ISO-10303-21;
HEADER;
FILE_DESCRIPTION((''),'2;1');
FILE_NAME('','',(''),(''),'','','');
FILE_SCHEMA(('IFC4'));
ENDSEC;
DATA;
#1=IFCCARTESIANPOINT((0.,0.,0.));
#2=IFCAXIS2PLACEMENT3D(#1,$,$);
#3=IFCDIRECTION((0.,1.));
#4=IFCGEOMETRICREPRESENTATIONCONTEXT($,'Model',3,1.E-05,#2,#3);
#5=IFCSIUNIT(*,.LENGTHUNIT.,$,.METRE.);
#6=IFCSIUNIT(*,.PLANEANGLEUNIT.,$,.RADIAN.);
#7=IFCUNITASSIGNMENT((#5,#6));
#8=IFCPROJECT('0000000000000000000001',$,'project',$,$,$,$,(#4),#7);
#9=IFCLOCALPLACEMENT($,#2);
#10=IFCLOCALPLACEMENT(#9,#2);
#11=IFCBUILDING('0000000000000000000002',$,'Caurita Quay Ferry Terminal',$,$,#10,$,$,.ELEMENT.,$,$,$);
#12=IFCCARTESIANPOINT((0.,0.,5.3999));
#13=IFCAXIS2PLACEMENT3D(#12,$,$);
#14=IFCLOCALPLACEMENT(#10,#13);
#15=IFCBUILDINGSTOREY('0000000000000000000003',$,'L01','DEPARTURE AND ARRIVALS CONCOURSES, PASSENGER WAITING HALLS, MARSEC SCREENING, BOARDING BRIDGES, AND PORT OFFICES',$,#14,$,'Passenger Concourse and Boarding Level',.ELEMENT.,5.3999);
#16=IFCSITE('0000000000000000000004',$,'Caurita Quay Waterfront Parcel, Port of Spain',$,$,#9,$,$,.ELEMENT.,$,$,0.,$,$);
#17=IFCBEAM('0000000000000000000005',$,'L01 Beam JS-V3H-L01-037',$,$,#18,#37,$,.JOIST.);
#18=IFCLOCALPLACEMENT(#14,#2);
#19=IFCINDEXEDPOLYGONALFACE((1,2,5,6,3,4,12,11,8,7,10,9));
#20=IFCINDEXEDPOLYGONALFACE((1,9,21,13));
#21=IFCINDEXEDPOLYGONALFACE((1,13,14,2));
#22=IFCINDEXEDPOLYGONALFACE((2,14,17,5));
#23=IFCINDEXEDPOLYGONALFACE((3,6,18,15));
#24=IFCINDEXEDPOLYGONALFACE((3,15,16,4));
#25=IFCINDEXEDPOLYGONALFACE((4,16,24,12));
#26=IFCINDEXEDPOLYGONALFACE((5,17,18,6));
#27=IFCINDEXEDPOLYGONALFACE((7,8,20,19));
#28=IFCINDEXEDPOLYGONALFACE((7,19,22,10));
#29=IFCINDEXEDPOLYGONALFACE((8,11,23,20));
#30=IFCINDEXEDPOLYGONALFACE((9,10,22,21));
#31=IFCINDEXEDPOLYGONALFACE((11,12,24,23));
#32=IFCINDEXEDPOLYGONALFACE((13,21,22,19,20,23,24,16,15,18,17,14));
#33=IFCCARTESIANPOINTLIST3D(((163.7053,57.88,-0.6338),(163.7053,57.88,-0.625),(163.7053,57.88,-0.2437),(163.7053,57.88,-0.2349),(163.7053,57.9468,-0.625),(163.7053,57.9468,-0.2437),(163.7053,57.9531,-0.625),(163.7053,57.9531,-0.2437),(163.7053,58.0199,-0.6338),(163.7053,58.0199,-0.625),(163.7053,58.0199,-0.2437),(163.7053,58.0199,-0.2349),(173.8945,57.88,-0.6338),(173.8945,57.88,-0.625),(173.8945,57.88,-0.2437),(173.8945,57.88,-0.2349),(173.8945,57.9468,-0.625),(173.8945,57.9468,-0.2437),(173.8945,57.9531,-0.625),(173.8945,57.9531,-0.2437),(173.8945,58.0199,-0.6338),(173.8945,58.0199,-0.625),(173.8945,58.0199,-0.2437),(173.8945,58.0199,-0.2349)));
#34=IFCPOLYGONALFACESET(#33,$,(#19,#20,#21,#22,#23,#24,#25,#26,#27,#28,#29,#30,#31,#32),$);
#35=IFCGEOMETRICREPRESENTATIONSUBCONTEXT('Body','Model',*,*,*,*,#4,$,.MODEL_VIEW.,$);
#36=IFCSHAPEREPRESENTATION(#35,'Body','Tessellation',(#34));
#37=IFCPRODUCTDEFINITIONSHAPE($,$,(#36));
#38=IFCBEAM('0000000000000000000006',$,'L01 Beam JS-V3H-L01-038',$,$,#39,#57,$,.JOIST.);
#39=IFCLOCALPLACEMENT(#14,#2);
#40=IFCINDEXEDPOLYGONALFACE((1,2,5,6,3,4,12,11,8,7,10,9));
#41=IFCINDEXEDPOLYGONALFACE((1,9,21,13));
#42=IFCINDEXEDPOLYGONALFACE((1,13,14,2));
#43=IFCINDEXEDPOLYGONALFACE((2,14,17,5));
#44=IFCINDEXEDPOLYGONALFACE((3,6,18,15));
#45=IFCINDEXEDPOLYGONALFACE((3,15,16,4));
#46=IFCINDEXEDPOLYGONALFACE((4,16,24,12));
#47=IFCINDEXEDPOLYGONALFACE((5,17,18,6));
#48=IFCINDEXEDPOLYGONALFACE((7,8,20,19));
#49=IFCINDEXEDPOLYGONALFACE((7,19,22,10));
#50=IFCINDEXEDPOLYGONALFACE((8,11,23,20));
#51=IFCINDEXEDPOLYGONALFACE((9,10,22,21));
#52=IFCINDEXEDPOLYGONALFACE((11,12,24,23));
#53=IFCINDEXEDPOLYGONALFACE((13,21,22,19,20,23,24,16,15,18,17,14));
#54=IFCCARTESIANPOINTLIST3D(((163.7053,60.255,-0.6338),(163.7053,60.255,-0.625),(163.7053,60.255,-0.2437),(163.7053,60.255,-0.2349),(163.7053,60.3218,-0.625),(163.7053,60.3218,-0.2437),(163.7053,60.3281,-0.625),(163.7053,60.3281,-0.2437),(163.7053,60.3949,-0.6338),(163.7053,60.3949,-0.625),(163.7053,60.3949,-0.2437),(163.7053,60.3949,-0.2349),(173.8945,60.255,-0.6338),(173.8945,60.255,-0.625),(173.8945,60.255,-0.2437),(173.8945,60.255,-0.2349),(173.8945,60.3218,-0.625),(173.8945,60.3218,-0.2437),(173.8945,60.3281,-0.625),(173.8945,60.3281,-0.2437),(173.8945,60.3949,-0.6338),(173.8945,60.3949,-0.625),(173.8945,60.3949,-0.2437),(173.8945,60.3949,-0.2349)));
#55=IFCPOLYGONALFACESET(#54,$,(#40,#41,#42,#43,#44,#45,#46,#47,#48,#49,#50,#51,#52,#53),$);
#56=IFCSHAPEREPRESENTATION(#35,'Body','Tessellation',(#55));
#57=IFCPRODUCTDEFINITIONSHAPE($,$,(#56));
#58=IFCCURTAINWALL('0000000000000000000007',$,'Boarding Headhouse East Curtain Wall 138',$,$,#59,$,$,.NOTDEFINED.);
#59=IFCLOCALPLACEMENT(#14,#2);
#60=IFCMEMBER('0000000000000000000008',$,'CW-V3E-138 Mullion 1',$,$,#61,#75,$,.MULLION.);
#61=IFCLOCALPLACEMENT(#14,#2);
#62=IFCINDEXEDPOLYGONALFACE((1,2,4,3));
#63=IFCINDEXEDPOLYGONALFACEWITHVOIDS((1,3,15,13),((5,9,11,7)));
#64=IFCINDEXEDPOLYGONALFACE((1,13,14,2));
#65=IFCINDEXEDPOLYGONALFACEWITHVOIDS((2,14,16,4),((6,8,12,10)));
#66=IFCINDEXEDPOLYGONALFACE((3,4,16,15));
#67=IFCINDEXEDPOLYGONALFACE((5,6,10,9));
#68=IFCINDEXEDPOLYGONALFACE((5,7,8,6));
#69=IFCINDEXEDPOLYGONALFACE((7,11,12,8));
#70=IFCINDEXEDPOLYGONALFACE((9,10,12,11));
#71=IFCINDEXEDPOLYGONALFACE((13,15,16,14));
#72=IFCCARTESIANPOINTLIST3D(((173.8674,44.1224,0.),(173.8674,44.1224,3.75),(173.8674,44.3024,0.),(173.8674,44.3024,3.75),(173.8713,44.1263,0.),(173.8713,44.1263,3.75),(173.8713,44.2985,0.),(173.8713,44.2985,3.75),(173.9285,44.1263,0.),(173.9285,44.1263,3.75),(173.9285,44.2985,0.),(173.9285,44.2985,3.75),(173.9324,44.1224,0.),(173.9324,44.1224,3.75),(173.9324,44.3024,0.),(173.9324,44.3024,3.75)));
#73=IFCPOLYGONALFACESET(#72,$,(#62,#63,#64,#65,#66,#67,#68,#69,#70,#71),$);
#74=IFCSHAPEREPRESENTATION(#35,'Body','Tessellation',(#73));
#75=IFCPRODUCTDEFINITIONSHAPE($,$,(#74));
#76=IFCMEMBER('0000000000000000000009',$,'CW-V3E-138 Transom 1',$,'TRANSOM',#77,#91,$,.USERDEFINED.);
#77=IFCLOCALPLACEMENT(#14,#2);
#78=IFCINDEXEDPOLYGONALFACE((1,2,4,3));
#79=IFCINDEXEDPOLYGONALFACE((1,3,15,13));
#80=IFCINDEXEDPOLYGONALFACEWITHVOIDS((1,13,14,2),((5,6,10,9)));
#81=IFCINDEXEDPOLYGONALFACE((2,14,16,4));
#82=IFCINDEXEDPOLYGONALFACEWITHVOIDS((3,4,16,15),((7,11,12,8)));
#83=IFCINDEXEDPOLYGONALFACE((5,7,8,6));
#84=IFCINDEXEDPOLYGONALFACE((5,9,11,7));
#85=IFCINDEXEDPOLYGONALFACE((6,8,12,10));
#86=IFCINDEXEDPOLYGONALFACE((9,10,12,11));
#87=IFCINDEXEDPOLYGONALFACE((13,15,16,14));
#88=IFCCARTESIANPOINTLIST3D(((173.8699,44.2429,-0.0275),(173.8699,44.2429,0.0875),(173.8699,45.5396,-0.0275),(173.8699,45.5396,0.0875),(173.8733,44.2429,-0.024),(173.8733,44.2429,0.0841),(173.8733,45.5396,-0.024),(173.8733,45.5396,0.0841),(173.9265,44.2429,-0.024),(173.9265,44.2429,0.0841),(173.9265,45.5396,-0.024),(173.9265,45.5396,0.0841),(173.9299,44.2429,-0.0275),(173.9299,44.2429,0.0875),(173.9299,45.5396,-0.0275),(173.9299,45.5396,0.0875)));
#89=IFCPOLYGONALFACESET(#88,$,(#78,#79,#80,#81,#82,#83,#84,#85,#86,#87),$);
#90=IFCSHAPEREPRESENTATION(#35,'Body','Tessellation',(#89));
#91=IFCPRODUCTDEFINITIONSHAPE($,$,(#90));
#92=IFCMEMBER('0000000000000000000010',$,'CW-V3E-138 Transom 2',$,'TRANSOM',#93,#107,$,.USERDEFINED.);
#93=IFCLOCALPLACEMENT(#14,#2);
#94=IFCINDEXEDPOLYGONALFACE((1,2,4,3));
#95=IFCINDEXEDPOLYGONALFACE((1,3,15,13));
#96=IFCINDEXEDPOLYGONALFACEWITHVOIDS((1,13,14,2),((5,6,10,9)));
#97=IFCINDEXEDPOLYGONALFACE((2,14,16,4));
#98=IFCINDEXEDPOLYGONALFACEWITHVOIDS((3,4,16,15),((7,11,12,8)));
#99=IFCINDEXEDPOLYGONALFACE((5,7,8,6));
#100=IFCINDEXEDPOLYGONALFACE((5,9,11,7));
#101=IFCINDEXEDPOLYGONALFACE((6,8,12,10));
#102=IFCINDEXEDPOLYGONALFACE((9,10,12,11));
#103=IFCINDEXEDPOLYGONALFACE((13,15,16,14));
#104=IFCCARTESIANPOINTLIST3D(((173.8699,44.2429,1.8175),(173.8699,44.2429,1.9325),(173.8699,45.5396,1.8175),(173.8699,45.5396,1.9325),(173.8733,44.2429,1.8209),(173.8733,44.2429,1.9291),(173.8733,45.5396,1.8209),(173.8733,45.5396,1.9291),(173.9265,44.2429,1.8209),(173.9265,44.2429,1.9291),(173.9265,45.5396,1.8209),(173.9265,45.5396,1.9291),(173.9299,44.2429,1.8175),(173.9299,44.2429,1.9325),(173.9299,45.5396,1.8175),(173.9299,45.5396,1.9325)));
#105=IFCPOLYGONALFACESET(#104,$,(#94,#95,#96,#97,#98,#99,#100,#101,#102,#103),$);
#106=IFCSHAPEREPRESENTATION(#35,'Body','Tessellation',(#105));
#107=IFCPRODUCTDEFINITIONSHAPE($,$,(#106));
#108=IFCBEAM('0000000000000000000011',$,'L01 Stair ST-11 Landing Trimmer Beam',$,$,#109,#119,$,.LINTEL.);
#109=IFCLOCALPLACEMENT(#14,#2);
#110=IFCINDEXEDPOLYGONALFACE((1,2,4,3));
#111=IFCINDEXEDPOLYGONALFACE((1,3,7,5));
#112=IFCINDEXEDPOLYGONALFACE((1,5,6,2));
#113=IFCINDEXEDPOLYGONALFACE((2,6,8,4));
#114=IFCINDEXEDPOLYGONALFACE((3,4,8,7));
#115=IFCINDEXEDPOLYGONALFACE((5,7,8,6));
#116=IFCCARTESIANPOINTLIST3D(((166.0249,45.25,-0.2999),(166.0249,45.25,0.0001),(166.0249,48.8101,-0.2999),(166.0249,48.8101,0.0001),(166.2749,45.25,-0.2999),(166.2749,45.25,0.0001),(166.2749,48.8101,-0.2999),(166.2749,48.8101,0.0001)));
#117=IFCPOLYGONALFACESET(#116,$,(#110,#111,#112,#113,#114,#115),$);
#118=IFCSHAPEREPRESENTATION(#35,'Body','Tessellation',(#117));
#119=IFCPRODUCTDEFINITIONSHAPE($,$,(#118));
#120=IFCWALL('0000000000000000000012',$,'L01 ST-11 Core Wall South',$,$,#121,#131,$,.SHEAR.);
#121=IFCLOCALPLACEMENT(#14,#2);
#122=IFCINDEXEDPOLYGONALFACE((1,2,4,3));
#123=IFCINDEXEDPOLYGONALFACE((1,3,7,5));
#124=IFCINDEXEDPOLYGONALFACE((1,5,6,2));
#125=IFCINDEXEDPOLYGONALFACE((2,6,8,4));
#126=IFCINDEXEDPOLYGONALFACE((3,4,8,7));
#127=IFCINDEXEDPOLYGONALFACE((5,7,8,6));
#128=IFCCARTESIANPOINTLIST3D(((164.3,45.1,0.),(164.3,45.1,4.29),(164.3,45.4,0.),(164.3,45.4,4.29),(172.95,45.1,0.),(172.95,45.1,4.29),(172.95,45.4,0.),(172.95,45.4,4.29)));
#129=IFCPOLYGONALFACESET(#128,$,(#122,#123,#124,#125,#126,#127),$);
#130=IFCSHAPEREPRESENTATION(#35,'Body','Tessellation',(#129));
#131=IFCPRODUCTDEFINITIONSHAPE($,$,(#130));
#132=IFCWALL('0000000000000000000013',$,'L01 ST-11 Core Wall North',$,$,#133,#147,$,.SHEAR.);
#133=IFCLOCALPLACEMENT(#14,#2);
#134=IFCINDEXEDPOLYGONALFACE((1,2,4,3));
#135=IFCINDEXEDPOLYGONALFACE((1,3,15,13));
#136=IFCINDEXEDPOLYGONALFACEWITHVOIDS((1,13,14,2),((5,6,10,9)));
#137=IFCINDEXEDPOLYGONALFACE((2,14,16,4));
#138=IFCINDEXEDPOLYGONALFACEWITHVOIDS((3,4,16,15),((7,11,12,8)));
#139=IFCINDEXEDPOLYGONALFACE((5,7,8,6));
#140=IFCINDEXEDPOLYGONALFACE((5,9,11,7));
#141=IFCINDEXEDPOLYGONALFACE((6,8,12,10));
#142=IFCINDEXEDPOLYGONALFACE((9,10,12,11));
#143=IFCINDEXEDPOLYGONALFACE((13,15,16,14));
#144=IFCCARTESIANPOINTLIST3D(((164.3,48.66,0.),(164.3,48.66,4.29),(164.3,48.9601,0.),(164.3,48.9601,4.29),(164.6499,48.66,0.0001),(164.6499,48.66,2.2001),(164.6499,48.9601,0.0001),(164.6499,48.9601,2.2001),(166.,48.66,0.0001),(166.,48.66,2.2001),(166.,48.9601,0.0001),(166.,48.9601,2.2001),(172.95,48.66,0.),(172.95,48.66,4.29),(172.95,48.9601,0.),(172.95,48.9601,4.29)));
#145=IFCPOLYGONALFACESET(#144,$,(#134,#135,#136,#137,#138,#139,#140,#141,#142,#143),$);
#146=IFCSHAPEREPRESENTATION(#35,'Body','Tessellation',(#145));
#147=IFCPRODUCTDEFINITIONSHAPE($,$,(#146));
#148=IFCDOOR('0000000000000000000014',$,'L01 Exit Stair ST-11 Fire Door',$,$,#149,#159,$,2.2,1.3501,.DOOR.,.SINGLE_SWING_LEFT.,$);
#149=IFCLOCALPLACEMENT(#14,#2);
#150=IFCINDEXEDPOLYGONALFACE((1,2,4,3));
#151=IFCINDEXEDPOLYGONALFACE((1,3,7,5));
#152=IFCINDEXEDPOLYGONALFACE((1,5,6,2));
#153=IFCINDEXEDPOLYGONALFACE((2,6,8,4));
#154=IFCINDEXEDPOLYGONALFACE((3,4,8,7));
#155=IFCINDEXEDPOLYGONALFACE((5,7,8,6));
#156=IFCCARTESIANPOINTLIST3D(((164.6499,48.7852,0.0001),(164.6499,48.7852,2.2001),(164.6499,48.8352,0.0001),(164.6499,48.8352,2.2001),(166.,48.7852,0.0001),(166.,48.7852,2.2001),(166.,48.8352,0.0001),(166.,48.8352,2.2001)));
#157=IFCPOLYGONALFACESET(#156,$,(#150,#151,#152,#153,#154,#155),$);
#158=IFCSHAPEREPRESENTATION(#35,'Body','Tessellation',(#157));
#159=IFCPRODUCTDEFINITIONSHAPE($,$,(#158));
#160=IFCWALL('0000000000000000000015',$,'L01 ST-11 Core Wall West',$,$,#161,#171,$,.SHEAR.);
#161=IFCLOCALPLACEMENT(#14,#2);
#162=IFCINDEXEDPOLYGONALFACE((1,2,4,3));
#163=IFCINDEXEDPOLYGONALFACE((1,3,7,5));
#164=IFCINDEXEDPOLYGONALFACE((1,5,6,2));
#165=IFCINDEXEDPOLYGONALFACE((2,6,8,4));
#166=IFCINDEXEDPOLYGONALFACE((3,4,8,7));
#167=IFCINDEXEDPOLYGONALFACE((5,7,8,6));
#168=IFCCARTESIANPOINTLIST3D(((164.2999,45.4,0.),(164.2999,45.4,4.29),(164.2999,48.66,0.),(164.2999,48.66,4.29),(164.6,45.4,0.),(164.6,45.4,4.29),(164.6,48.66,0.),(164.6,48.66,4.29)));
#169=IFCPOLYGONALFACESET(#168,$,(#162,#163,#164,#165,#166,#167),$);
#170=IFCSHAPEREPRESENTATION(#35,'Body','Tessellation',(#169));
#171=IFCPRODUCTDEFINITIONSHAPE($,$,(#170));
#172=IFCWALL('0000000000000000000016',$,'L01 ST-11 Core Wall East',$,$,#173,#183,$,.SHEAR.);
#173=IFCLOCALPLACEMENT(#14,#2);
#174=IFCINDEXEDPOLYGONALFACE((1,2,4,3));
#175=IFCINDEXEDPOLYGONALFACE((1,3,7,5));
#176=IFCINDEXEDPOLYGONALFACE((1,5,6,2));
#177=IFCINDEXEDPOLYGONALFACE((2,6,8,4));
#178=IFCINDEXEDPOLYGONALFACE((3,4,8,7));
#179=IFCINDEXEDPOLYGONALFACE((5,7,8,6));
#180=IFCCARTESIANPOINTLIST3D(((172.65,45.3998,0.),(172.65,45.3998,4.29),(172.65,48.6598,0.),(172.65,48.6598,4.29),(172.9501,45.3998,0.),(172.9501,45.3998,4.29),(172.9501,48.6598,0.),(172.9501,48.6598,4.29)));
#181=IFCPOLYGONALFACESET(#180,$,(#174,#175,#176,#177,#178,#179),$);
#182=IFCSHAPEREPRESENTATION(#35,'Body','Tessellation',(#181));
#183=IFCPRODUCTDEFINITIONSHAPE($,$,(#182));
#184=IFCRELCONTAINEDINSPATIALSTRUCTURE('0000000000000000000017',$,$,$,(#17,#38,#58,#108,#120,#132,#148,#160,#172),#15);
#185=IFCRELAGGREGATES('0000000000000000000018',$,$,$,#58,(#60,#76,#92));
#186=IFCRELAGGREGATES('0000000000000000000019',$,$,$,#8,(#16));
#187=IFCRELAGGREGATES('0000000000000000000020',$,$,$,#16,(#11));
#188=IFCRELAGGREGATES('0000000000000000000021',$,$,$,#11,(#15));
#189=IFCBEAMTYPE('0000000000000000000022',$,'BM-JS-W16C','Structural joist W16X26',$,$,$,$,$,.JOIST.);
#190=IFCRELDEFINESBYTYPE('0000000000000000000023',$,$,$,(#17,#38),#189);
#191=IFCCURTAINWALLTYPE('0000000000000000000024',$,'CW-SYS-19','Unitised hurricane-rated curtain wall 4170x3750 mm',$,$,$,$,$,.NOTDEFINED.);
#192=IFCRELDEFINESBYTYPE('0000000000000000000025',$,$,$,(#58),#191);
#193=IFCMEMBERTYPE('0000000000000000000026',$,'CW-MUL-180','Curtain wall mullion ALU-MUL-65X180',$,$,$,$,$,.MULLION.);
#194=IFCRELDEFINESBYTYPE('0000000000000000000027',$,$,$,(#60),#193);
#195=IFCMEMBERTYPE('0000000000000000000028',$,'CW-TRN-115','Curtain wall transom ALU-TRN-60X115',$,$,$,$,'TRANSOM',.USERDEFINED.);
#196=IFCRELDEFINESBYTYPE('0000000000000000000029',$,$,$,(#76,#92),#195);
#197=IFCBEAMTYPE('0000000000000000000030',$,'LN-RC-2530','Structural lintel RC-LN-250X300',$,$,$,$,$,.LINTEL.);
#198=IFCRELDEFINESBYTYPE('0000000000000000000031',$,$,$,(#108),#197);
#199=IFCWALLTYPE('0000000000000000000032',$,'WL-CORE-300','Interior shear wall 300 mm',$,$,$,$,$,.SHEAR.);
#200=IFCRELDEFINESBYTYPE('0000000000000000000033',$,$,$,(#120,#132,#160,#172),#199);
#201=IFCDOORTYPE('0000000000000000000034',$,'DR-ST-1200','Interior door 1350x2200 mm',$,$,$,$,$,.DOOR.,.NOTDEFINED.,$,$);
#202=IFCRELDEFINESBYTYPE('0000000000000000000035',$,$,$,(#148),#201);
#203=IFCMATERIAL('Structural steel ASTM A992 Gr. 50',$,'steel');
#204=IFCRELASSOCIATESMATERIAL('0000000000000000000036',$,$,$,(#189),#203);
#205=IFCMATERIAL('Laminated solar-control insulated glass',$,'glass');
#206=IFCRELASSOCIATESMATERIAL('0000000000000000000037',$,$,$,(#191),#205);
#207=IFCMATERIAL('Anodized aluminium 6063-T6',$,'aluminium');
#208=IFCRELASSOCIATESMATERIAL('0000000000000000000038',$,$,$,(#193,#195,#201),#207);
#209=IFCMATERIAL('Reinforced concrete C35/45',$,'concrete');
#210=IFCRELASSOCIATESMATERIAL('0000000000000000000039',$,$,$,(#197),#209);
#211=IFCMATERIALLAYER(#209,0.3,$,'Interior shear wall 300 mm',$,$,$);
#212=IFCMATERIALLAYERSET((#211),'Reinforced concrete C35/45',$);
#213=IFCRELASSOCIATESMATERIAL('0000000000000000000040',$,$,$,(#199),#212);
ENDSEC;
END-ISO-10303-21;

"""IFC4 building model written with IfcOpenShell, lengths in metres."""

from ifc_helpers import new_model, si_unit, direction, frame, frame_2d, origin, origin_2d, place, context, subcontext, project, spatial, rectangle, hollow_rectangle, i_section, extrude, material, layer, layer_set, material_profile, profile_set, type_object, element, fill, aggregate, save


model = new_model("IFC4")

# Units and contexts
model_context = context("Model", 3, precision=1e-05, world=origin(), true_north=direction((0.0, 1.0)))
body_context = subcontext(model_context, "Body", "Model", "MODEL_VIEW")
ifc_project = project(units=[si_unit("LENGTHUNIT", "METRE"), si_unit("PLANEANGLEUNIT", "RADIAN")], contexts=[model_context])

# Site, building, storey
site_placement = place(None, origin())
site = spatial("IfcSite", under=ifc_project, at=site_placement, Name="Caurita Quay Waterfront Parcel, Port of Spain", CompositionType="ELEMENT", RefElevation=0.0)
building_placement = place(site_placement, origin())
building = spatial("IfcBuilding", under=site, at=building_placement, Name="Caurita Quay Ferry Terminal", CompositionType="ELEMENT")
storey_placement = place(building_placement, frame((0.0, 0.0, 5.3999)))
storey = spatial("IfcBuildingStorey", under=building, at=storey_placement, Name="L01", Description="DEPARTURE AND ARRIVALS CONCOURSES, PASSENGER WAITING HALLS, MARSEC SCREENING, BOARDING BRIDGES, AND PORT OFFICES", LongName="Passenger Concourse and Boarding Level", CompositionType="ELEMENT", Elevation=5.3999)

# Shared definitions
ifc_material_1 = material(Name="Structural steel ASTM A992 Gr. 50", Category="steel")

# Beams
ifc_material_profile_1 = material_profile(ifc_material_1, i_section(OverallWidth=0.1399, OverallDepth=0.3989, WebThickness=0.0063, FlangeThickness=0.0088, at=origin_2d()), Name="W16X26")
ifc_profile_set_1 = profile_set([ifc_material_profile_1], Name="Structural steel ASTM A992 Gr. 50")
beam_type_1 = type_object("IfcBeamType", Name="BM-JS-W16C", Description="Structural joist W16X26", PredefinedType="JOIST", material=ifc_profile_set_1)
for number, where, z_axis, x_axis, name in (
    (1, (163.7053, 57.95, -0.4343), (1.0, 0.0, 0.0), (0.0, 1.0, 0.0), "L01 Beam JS-V3H-L01-037"),
    (2, (163.7053, 60.325, -0.4343), (1.0, 0.0, 0.0), (0.0, 1.0, 0.0), "L01 Beam JS-V3H-L01-038"),
):
    element("IfcBeam", number, at=place(storey_placement, frame(where, z_axis=z_axis, x_axis=x_axis)), inside=storey, type_object=beam_type_1, Name=name, PredefinedType="JOIST", context=body_context, shape_type="SweptSolid", body=[
        extrude(i_section(OverallWidth=0.1399, OverallDepth=0.3989, WebThickness=0.0063, FlangeThickness=0.0088, at=origin_2d()), origin(), (0.0, 0.0, 1.0), 10.1892),
    ])

# Curtain wall, members
ifc_material_2 = material(Name="Laminated solar-control insulated glass", Category="glass")
curtain_wall_type = type_object("IfcCurtainWallType", Name="CW-SYS-19", Description="Unitised hurricane-rated curtain wall 4170x3750 mm", PredefinedType="NOTDEFINED", material=ifc_material_2)
curtain_wall_placement = place(storey_placement, origin())
curtain_wall = element("IfcCurtainWall", 3, at=curtain_wall_placement, inside=storey, type_object=curtain_wall_type, Name="Boarding Headhouse East Curtain Wall 138", PredefinedType="NOTDEFINED")
ifc_material_3 = material(Name="Anodized aluminium 6063-T6", Category="aluminium")
ifc_material_profile_2 = material_profile(ifc_material_3, hollow_rectangle(XDim=0.0649, YDim=0.1799, WallThickness=0.0039, at=origin_2d()), Name="ALU-MUL-65X180")
ifc_profile_set_2 = profile_set([ifc_material_profile_2], Name="Anodized aluminium 6063-T6")
member_type_1 = type_object("IfcMemberType", Name="CW-MUL-180", Description="Curtain wall mullion ALU-MUL-65X180", PredefinedType="MULLION", material=ifc_profile_set_2)
member_1_placement = place(storey_placement, frame((173.8999, 44.2124, 0.0), z_axis=(0.0, 0.0, 1.0), x_axis=(-1.0, 0.0, 0.0)))
member_1 = element("IfcMember", 4, at=member_1_placement, type_object=member_type_1, Name="CW-V3E-138 Mullion 1", PredefinedType="MULLION", context=body_context, shape_type="SweptSolid", body=[
    extrude(hollow_rectangle(XDim=0.0649, YDim=0.1799, WallThickness=0.0039, at=origin_2d()), origin(), (0.0, 0.0, 1.0), 3.75),
])
ifc_material_profile_3 = material_profile(ifc_material_3, hollow_rectangle(XDim=0.0601, YDim=0.115, WallThickness=0.0034, at=origin_2d()), Name="ALU-TRN-60X115")
ifc_profile_set_3 = profile_set([ifc_material_profile_3], Name="Anodized aluminium 6063-T6")
member_type_2 = type_object("IfcMemberType", Name="CW-TRN-115", Description="Curtain wall transom ALU-TRN-60X115", ElementType="TRANSOM", PredefinedType="USERDEFINED", material=ifc_profile_set_3)
member_2_placement = place(storey_placement, frame((173.8999, 44.2429, 0.03), z_axis=(0.0, 1.0, 0.0), x_axis=(-1.0, 0.0, 0.0)))
member_2 = element("IfcMember", 5, at=member_2_placement, type_object=member_type_2, Name="CW-V3E-138 Transom 1", ObjectType="TRANSOM", PredefinedType="USERDEFINED", context=body_context, shape_type="SweptSolid", body=[
    extrude(hollow_rectangle(XDim=0.0601, YDim=0.115, WallThickness=0.0034, at=origin_2d()), origin(), (0.0, 0.0, 1.0), 1.2966),
])
member_3_placement = place(storey_placement, frame((173.8999, 44.2429, 1.875), z_axis=(0.0, 1.0, 0.0), x_axis=(-1.0, 0.0, 0.0)))
member_3 = element("IfcMember", 6, at=member_3_placement, type_object=member_type_2, Name="CW-V3E-138 Transom 2", ObjectType="TRANSOM", PredefinedType="USERDEFINED", context=body_context, shape_type="SweptSolid", body=[
    extrude(hollow_rectangle(XDim=0.0601, YDim=0.115, WallThickness=0.0034, at=origin_2d()), origin(), (0.0, 0.0, 1.0), 1.2966),
])
aggregate(curtain_wall, [member_1, member_2, member_3])

# Beam
ifc_material_4 = material(Name="Reinforced concrete C35/45", Category="concrete")
ifc_material_profile_4 = material_profile(ifc_material_4, rectangle(XDim=0.25, YDim=0.3, at=origin_2d()), Name="RC-LN-250X300")
ifc_profile_set_4 = profile_set([ifc_material_profile_4], Name="Reinforced concrete C35/45")
beam_type_2 = type_object("IfcBeamType", Name="LN-RC-2530", Description="Structural lintel RC-LN-250X300", PredefinedType="LINTEL", material=ifc_profile_set_4)
beam_placement = place(storey_placement, frame((166.1499, 45.25, -0.1499), z_axis=(0.0, 1.0, 0.0), x_axis=(-1.0, 0.0, 0.0)))
element("IfcBeam", 7, at=beam_placement, inside=storey, type_object=beam_type_2, Name="L01 Stair ST-11 Landing Trimmer Beam", PredefinedType="LINTEL", context=body_context, shape_type="SweptSolid", body=[
    extrude(rectangle(XDim=0.25, YDim=0.3, at=origin_2d()), origin(), (0.0, 0.0, 1.0), 3.5601),
])

# Wall
ifc_layer_1 = layer(ifc_material_4, 0.3, Name="Interior shear wall 300 mm")
ifc_layer_set_1 = layer_set([ifc_layer_1], Name="Reinforced concrete C35/45")
wall_type = type_object("IfcWallType", Name="WL-CORE-300", Description="Interior shear wall 300 mm", PredefinedType="SHEAR", material=ifc_layer_set_1)
wall_1_placement = place(storey_placement, frame((164.3, 45.25, 0.0), z_axis=(0.0, 0.0, 1.0), x_axis=(1.0, 0.0, 0.0)))
element("IfcWall", 8, at=wall_1_placement, inside=storey, type_object=wall_type, Name="L01 ST-11 Core Wall South", PredefinedType="SHEAR", context=body_context, shape_type="SweptSolid", body=[
    extrude(rectangle(XDim=8.6499, YDim=0.3, at=frame_2d((4.325, 0.0))), origin(), (0.0, 0.0, 1.0), 4.29),
])

# Wall, opening, door
wall_2_placement = place(storey_placement, frame((172.95, 48.8101, 0.0), z_axis=(0.0, 0.0, 1.0), x_axis=(-1.0, 0.0, 0.0)))
wall_2 = element("IfcWall", 9, at=wall_2_placement, inside=storey, type_object=wall_type, Name="L01 ST-11 Core Wall North", PredefinedType="SHEAR", context=body_context, shape_type="SweptSolid", body=[
    extrude(rectangle(XDim=8.6499, YDim=0.3, at=frame_2d((4.325, 0.0))), origin(), (0.0, 0.0, 1.0), 4.29),
])
opening_placement = place(wall_2_placement, frame((6.95, 0.0, 0.0)))
opening = element("IfcOpeningElement", 10, at=opening_placement, cuts=wall_2, PredefinedType="OPENING", context=body_context, shape_type="SweptSolid", body=[
    extrude(rectangle(XDim=1.3501, YDim=2.2, at=frame_2d((0.675, 1.1001))), frame((0.0, 0.1599, 0.0), z_axis=(0.0, -1.0, 0.0), x_axis=(1.0, 0.0, 0.0)), (0.0, 0.0, 1.0), 0.3201),
])
door_type = type_object("IfcDoorType", Name="DR-ST-1200", Description="Interior door 1350x2200 mm", OperationType="NOTDEFINED", PredefinedType="DOOR", material=ifc_material_3)
door_placement = place(opening_placement, origin())
door = element("IfcDoor", 11, at=door_placement, inside=storey, type_object=door_type, Name="L01 Exit Stair ST-11 Fire Door", OperationType="SINGLE_SWING_LEFT", OverallHeight=2.2, OverallWidth=1.3501, PredefinedType="DOOR", context=body_context, shape_type="SweptSolid", body=[
    extrude(rectangle(XDim=1.3501, YDim=2.2, at=frame_2d((0.675, 1.1001))), frame((0.0, 0.0249, 0.0), z_axis=(0.0, -1.0, 0.0), x_axis=(1.0, 0.0, 0.0)), (0.0, 0.0, 1.0), 0.05),
])
fill(opening, door)

# Walls
for number, where, z_axis, x_axis, name in (
    (12, (164.45, 48.6599, 0.0), (0.0, 0.0, 1.0), (0.0, -1.0, 0.0), "L01 ST-11 Core Wall West"),
    (13, (172.8, 45.3999, 0.0), (0.0, 0.0, 1.0), (0.0, 1.0, 0.0), "L01 ST-11 Core Wall East"),
):
    element("IfcWall", number, at=place(storey_placement, frame(where, z_axis=z_axis, x_axis=x_axis)), inside=storey, type_object=wall_type, Name=name, PredefinedType="SHEAR", context=body_context, shape_type="SweptSolid", body=[
        extrude(rectangle(XDim=3.26, YDim=0.3, at=frame_2d((1.6299, 0.0))), origin(), (0.0, 0.0, 1.0), 4.29),
    ])

save(model, "model.ifc")
